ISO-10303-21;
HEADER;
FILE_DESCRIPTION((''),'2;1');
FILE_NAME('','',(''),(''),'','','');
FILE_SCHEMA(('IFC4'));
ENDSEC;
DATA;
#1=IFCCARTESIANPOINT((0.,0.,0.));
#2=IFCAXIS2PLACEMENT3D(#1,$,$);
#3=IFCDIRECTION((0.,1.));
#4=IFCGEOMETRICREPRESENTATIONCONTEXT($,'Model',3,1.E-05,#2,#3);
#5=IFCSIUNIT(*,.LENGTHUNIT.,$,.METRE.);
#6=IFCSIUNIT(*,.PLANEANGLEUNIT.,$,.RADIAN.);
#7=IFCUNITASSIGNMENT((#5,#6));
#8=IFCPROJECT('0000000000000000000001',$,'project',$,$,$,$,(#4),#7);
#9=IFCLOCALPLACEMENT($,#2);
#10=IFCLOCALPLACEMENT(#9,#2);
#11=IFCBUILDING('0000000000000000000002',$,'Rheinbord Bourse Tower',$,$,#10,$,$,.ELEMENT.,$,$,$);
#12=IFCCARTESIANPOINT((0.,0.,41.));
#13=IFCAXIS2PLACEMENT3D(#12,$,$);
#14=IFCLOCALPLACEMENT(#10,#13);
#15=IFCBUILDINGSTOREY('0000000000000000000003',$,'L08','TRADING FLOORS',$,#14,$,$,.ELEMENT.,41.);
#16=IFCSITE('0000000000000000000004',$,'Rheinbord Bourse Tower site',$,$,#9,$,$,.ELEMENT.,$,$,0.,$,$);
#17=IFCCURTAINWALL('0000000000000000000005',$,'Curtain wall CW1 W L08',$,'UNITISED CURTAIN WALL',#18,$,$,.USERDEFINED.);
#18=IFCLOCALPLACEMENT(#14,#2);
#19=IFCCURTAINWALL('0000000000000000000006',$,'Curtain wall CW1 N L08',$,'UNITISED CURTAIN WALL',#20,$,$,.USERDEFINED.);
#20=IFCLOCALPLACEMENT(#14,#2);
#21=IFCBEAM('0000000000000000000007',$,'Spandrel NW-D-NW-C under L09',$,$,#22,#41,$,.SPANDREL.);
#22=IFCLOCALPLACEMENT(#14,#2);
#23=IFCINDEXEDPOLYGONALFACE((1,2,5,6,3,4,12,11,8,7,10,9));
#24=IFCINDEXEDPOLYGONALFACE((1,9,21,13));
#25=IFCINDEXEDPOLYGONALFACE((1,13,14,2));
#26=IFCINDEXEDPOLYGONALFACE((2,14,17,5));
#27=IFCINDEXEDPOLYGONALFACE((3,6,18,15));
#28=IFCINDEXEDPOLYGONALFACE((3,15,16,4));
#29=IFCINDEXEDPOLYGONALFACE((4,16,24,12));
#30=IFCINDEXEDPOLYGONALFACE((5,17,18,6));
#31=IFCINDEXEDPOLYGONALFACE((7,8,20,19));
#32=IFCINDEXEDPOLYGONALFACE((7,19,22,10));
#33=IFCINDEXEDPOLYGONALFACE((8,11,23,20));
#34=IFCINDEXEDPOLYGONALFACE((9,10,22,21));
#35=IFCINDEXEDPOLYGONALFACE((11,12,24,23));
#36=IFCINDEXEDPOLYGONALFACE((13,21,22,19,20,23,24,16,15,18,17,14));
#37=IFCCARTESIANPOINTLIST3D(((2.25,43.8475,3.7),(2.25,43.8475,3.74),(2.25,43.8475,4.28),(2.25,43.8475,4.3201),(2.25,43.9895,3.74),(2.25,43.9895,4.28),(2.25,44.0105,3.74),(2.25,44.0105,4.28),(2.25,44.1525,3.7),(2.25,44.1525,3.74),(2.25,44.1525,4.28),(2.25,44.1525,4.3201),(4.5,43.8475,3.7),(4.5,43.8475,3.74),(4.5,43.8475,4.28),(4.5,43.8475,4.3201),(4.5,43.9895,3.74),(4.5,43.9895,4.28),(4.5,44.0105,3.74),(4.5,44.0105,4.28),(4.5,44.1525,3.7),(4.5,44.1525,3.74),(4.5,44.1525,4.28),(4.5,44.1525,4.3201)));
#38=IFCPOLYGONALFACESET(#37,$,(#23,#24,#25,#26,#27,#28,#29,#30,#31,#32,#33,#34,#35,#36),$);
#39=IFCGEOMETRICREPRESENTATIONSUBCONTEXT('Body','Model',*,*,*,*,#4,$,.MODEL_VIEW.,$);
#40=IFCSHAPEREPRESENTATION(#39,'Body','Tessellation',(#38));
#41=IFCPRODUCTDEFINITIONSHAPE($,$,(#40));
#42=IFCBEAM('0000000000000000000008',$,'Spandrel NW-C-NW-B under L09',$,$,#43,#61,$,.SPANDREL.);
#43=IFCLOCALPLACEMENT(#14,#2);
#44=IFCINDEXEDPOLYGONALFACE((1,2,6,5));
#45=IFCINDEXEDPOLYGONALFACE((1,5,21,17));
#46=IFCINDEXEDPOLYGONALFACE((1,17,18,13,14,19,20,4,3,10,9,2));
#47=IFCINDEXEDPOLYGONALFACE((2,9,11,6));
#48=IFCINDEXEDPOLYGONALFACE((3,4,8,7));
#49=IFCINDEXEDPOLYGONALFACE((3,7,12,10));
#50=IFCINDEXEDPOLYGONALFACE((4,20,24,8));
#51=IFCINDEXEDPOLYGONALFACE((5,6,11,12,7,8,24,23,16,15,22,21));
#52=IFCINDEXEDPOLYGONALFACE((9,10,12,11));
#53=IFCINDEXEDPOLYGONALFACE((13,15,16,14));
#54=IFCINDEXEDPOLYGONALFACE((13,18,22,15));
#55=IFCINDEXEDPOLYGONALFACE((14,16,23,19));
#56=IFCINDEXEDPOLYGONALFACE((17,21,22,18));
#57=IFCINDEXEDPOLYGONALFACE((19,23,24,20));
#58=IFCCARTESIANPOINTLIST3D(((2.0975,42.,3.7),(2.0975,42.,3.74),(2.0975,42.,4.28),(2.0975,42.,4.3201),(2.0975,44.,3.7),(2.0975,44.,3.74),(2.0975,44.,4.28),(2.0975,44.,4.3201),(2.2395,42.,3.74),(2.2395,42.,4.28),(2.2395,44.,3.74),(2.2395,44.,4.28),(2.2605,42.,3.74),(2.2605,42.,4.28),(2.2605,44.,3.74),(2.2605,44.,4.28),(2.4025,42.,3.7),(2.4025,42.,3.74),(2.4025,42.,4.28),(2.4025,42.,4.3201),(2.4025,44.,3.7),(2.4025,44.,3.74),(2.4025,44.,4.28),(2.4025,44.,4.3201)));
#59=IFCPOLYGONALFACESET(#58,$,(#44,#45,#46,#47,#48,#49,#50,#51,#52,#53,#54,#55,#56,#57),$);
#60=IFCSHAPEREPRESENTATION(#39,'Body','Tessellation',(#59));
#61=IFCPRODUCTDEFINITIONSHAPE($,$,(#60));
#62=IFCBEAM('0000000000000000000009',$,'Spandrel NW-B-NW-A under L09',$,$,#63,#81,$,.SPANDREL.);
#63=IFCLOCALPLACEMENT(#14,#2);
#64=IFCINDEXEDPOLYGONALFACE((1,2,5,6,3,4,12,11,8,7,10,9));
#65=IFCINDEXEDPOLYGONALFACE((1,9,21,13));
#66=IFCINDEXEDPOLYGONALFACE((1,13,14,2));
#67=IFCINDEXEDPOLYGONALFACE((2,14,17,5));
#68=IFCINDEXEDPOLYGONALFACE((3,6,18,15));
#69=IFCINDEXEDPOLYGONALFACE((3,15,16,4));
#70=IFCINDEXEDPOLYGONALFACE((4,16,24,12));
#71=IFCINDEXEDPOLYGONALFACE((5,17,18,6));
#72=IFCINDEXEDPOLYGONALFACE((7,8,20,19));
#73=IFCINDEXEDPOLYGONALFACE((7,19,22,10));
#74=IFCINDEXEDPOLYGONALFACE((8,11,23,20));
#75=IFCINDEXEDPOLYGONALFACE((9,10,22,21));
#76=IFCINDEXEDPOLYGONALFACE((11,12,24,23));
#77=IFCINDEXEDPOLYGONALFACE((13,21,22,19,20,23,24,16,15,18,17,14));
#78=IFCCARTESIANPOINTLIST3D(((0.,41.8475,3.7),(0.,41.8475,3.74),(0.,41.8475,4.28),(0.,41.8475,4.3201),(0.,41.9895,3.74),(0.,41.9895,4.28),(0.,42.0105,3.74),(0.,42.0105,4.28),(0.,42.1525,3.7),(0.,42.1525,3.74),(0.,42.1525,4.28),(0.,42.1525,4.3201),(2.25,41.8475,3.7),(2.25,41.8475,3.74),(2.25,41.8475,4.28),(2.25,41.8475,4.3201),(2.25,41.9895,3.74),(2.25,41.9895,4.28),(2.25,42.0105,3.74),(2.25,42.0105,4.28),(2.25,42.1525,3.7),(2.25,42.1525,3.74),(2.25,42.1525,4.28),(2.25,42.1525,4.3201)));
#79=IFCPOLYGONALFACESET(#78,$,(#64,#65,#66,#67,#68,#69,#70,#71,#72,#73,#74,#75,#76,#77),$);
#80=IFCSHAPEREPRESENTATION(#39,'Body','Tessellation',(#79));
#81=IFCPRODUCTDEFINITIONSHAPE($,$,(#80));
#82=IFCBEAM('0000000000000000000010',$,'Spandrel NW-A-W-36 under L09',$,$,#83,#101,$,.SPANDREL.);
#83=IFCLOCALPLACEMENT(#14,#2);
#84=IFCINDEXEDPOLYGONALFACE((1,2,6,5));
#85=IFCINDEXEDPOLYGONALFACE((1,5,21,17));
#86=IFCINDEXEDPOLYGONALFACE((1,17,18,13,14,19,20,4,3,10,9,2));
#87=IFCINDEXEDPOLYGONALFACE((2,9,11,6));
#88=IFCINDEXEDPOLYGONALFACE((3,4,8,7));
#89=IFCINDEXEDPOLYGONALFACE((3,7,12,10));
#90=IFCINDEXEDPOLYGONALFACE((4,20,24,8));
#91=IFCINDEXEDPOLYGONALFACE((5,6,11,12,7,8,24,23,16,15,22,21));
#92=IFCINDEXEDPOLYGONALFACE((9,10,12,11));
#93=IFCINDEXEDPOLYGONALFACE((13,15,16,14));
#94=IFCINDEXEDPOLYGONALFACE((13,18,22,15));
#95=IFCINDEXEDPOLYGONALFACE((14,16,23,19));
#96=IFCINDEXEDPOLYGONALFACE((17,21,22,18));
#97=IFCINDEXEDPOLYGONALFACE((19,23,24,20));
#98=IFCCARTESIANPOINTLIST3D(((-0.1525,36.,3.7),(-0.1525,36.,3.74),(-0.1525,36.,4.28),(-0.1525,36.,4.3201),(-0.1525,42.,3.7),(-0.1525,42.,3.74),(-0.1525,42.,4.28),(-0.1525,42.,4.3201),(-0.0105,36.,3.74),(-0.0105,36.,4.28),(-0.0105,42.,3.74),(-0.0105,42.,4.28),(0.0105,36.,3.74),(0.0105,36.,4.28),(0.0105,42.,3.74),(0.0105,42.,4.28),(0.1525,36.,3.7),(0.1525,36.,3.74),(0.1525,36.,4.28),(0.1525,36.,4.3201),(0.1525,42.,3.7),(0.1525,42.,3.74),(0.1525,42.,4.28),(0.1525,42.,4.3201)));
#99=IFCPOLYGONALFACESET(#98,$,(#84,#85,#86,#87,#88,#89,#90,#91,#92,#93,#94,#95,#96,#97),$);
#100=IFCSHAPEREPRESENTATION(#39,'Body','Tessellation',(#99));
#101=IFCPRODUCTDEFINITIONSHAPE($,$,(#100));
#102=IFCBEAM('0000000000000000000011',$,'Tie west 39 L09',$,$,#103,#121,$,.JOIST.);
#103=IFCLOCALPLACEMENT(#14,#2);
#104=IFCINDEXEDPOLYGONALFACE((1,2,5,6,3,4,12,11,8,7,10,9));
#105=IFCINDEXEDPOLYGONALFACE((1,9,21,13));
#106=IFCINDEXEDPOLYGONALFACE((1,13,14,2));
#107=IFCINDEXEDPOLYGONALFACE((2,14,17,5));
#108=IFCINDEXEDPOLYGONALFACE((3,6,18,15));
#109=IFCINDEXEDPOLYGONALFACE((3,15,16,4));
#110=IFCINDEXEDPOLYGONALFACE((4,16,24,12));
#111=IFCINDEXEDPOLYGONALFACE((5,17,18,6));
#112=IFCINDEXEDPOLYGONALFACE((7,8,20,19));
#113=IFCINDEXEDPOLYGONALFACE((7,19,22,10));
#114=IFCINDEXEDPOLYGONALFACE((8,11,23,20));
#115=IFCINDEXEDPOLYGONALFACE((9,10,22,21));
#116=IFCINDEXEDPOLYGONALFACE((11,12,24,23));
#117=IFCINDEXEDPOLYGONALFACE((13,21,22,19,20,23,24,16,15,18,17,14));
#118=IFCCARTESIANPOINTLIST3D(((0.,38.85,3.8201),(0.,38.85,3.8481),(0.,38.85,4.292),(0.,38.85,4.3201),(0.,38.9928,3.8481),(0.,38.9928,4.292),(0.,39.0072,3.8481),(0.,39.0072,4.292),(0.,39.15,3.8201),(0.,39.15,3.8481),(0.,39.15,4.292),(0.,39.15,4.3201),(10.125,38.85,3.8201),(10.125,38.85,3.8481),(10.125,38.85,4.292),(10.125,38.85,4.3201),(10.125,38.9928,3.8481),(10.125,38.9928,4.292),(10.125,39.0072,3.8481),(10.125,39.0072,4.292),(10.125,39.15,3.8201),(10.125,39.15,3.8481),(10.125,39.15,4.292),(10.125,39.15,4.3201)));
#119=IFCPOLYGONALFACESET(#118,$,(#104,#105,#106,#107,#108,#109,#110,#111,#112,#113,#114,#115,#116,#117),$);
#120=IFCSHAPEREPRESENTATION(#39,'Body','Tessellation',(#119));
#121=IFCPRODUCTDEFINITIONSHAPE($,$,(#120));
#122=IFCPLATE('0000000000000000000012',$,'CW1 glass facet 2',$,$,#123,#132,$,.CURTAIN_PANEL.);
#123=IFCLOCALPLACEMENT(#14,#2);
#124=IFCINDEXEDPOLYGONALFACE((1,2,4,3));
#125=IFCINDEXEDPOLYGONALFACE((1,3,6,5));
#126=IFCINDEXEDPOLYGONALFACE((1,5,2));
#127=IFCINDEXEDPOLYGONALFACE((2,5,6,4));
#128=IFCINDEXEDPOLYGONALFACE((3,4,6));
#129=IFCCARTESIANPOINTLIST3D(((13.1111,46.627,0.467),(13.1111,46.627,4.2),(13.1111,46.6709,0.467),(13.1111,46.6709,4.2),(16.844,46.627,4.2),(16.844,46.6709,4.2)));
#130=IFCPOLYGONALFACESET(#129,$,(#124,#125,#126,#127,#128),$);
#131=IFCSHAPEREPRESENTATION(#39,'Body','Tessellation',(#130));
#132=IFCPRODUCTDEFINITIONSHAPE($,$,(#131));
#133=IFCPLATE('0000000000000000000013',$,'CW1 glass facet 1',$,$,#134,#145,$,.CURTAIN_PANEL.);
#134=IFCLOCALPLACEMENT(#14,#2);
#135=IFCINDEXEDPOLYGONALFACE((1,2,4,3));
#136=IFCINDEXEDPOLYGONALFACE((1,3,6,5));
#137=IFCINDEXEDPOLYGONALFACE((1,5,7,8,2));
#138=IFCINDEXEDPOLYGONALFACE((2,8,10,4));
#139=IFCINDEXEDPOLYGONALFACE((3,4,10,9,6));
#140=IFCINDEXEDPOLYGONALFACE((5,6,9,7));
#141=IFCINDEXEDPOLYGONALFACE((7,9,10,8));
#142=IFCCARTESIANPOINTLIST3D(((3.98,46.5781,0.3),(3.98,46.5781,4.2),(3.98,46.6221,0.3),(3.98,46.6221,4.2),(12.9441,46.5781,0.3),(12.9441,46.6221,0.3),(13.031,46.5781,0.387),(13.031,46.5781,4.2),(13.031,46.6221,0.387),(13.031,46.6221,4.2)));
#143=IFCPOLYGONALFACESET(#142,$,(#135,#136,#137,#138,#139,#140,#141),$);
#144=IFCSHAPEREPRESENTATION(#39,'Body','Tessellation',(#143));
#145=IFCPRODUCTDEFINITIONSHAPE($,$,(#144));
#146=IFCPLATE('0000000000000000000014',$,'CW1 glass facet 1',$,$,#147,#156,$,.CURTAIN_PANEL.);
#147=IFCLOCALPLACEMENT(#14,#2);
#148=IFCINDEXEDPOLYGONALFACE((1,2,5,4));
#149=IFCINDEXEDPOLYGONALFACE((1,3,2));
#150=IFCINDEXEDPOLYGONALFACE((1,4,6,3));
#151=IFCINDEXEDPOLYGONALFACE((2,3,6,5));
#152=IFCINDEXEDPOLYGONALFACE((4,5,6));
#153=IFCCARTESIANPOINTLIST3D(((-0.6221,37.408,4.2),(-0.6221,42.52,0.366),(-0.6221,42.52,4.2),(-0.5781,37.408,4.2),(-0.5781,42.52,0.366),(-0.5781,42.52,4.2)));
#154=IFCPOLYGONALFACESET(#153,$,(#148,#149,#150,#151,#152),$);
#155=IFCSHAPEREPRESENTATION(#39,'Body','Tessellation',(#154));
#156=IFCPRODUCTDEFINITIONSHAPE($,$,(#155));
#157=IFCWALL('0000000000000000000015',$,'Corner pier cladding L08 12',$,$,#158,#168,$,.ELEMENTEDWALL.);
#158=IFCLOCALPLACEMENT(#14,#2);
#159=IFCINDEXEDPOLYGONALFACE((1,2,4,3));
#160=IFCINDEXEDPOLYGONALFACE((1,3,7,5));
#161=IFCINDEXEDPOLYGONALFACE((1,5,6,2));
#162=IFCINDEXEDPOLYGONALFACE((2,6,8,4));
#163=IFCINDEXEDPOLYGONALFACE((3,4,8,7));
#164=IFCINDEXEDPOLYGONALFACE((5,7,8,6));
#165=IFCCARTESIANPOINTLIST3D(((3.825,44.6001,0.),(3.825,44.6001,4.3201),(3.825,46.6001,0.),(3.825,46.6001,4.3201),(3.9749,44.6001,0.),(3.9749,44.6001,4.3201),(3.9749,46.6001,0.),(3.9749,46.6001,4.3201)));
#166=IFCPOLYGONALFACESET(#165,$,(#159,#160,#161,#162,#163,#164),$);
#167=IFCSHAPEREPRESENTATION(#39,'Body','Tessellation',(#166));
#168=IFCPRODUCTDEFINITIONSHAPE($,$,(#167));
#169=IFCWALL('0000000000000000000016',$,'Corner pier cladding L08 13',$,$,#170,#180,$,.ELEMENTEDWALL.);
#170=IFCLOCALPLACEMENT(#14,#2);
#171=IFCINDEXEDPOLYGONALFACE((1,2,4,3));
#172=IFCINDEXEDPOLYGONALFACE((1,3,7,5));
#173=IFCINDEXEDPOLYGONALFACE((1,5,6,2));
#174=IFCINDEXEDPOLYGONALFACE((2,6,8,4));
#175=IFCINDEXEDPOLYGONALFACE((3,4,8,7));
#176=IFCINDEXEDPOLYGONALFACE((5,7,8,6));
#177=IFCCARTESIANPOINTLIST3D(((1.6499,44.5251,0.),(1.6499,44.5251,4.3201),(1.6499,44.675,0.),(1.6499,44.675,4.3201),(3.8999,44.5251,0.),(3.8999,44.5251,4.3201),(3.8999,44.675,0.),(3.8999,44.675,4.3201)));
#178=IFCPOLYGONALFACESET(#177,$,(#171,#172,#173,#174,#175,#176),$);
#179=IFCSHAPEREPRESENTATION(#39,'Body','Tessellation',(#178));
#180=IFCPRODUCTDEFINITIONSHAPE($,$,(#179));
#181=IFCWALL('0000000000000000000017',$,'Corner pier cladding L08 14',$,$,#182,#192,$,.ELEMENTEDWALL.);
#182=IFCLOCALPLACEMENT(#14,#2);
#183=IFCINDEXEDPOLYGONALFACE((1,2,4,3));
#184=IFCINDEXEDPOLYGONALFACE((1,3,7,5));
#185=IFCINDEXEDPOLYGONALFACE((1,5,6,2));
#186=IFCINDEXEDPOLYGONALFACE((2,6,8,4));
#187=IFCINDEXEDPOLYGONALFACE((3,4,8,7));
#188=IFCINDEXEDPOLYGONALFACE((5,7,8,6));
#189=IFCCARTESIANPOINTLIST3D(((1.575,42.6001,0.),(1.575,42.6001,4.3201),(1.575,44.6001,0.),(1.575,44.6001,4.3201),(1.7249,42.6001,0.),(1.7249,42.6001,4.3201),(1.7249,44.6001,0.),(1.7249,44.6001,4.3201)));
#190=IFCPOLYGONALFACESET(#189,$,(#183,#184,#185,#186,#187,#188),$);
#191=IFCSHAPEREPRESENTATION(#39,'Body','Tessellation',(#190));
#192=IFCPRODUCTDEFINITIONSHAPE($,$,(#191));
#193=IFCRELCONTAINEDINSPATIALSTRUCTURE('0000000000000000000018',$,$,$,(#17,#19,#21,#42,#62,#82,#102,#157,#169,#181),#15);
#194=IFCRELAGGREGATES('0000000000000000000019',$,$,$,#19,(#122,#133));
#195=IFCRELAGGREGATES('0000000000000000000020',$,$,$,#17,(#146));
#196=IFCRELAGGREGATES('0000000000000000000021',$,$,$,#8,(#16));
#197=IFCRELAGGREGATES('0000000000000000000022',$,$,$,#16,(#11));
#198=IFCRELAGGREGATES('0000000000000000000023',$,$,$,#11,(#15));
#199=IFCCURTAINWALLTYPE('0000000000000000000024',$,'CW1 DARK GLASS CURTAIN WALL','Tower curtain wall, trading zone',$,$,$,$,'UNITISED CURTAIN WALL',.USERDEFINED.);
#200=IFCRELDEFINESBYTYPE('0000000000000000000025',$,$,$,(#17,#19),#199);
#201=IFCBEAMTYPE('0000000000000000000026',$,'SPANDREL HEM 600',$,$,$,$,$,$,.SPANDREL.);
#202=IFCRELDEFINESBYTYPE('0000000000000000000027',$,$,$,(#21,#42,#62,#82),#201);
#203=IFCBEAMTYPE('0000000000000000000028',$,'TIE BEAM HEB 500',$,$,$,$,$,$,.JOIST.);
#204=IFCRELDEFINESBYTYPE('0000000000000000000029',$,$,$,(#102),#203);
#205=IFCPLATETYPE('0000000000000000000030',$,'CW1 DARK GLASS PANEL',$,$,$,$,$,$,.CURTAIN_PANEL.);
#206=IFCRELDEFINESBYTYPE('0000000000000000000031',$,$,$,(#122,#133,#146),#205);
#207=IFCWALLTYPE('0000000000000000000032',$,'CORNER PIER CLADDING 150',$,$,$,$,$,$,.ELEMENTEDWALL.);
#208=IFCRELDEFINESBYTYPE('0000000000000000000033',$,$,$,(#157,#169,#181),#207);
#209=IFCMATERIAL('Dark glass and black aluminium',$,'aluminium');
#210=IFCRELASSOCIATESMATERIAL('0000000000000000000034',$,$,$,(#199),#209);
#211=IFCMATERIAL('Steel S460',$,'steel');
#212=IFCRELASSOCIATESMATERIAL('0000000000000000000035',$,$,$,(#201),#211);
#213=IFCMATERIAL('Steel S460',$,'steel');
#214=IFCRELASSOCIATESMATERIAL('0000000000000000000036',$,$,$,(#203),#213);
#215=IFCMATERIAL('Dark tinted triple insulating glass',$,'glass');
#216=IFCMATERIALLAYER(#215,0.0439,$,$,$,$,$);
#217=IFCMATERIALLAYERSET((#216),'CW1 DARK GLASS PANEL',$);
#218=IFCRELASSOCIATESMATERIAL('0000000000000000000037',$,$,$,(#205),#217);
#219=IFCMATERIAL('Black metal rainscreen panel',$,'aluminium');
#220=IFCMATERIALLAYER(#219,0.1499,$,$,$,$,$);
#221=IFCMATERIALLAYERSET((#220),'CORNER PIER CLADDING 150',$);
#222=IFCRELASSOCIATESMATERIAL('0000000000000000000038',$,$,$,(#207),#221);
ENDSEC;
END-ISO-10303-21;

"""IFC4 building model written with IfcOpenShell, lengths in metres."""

from ifc_helpers import new_model, si_unit, direction, frame, frame_2d, origin, origin_2d, place, context, subcontext, project, spatial, polyline, rectangle, i_section, outline, extrude, material, layer, layer_set, material_profile, profile_set, type_object, element, aggregate, save


model = new_model("IFC4")

# Units and contexts
model_context = context("Model", 3, precision=1e-05, world=origin(), true_north=direction((0.0, 1.0)))
body_context = subcontext(model_context, "Body", "Model", "MODEL_VIEW")
ifc_project = project(units=[si_unit("LENGTHUNIT", "METRE"), si_unit("PLANEANGLEUNIT", "RADIAN")], contexts=[model_context])

# Site, building, storey
site_placement = place(None, origin())
site = spatial("IfcSite", under=ifc_project, at=site_placement, Name="Rheinbord Bourse Tower site", CompositionType="ELEMENT", RefElevation=0.0)
building_placement = place(site_placement, origin())
building = spatial("IfcBuilding", under=site, at=building_placement, Name="Rheinbord Bourse Tower", CompositionType="ELEMENT")
storey_placement = place(building_placement, frame((0.0, 0.0, 41.0)))
storey = spatial("IfcBuildingStorey", under=building, at=storey_placement, Name="L08", Description="TRADING FLOORS", CompositionType="ELEMENT", Elevation=41.0)

# Curtain wall
ifc_material_1 = material(Name="Dark glass and black aluminium", Category="aluminium")
curtain_wall_type = type_object("IfcCurtainWallType", Name="CW1 DARK GLASS CURTAIN WALL", Description="Tower curtain wall, trading zone", ElementType="UNITISED CURTAIN WALL", PredefinedType="USERDEFINED", material=ifc_material_1)
curtain_wall_1_placement = place(storey_placement, origin())
curtain_wall_1 = element("IfcCurtainWall", 1, at=curtain_wall_1_placement, inside=storey, type_object=curtain_wall_type, Name="Curtain wall CW1 W L08", ObjectType="UNITISED CURTAIN WALL", PredefinedType="USERDEFINED")

# Curtain wall
curtain_wall_2_placement = place(storey_placement, origin())
curtain_wall_2 = element("IfcCurtainWall", 2, at=curtain_wall_2_placement, inside=storey, type_object=curtain_wall_type, Name="Curtain wall CW1 N L08", ObjectType="UNITISED CURTAIN WALL", PredefinedType="USERDEFINED")

# Beams
ifc_material_2 = material(Name="Steel S460", Category="steel")
ifc_material_profile_1 = material_profile(ifc_material_2, i_section(OverallWidth=0.3049, OverallDepth=0.6201, WebThickness=0.021, FlangeThickness=0.04, at=origin_2d()), Name="HEM 600")
ifc_profile_set_1 = profile_set([ifc_material_profile_1], Name="Steel S460")
beam_type_1 = type_object("IfcBeamType", Name="SPANDREL HEM 600", PredefinedType="SPANDREL", material=ifc_profile_set_1)
beam_1_placement = place(storey_placement, frame((4.5, 44.0, 4.01), z_axis=(-1.0, 0.0, 0.0), x_axis=(0.0, -1.0, 0.0)))
element("IfcBeam", 3, at=beam_1_placement, inside=storey, type_object=beam_type_1, Name="Spandrel NW-D-NW-C under L09", PredefinedType="SPANDREL", context=body_context, shape_type="SweptSolid", body=[
    extrude(i_section(OverallWidth=0.3049, OverallDepth=0.6201, WebThickness=0.021, FlangeThickness=0.04, at=origin_2d()), origin(), (0.0, 0.0, 1.0), 2.25),
])
beam_2_placement = place(storey_placement, frame((2.25, 44.0, 4.01), z_axis=(0.0, -1.0, 0.0), x_axis=(1.0, 0.0, 0.0)))
element("IfcBeam", 4, at=beam_2_placement, inside=storey, type_object=beam_type_1, Name="Spandrel NW-C-NW-B under L09", PredefinedType="SPANDREL", context=body_context, shape_type="SweptSolid", body=[
    extrude(i_section(OverallWidth=0.3049, OverallDepth=0.6201, WebThickness=0.021, FlangeThickness=0.04, at=origin_2d()), origin(), (0.0, 0.0, 1.0), 2.0),
])
beam_3_placement = place(storey_placement, frame((2.25, 42.0, 4.01), z_axis=(-1.0, 0.0, 0.0), x_axis=(0.0, -1.0, 0.0)))
element("IfcBeam", 5, at=beam_3_placement, inside=storey, type_object=beam_type_1, Name="Spandrel NW-B-NW-A under L09", PredefinedType="SPANDREL", context=body_context, shape_type="SweptSolid", body=[
    extrude(i_section(OverallWidth=0.3049, OverallDepth=0.6201, WebThickness=0.021, FlangeThickness=0.04, at=origin_2d()), origin(), (0.0, 0.0, 1.0), 2.25),
])
beam_4_placement = place(storey_placement, frame((0.0, 42.0, 4.01), z_axis=(0.0, -1.0, 0.0), x_axis=(1.0, 0.0, 0.0)))
element("IfcBeam", 6, at=beam_4_placement, inside=storey, type_object=beam_type_1, Name="Spandrel NW-A-W-36 under L09", PredefinedType="SPANDREL", context=body_context, shape_type="SweptSolid", body=[
    extrude(i_section(OverallWidth=0.3049, OverallDepth=0.6201, WebThickness=0.021, FlangeThickness=0.04, at=origin_2d()), origin(), (0.0, 0.0, 1.0), 6.0),
])
ifc_material_3 = material(Name="Steel S460", Category="steel")
ifc_material_profile_2 = material_profile(ifc_material_3, i_section(OverallWidth=0.3, OverallDepth=0.5, WebThickness=0.0144, FlangeThickness=0.0281, at=origin_2d()), Name="HEB 500")
ifc_profile_set_2 = profile_set([ifc_material_profile_2], Name="Steel S460")
beam_type_2 = type_object("IfcBeamType", Name="TIE BEAM HEB 500", PredefinedType="JOIST", material=ifc_profile_set_2)
beam_5_placement = place(storey_placement, frame((0.0, 39.0, 4.0701), z_axis=(1.0, 0.0, 0.0), x_axis=(0.0, 1.0, 0.0)))
element("IfcBeam", 7, at=beam_5_placement, inside=storey, type_object=beam_type_2, Name="Tie west 39 L09", PredefinedType="JOIST", context=body_context, shape_type="SweptSolid", body=[
    extrude(i_section(OverallWidth=0.3, OverallDepth=0.5, WebThickness=0.0144, FlangeThickness=0.0281, at=origin_2d()), origin(), (0.0, 0.0, 1.0), 10.125),
])

# Plates
ifc_material_4 = material(Name="Dark tinted triple insulating glass", Category="glass")
ifc_layer_1 = layer(ifc_material_4, 0.0439)
ifc_layer_set_1 = layer_set([ifc_layer_1], Name="CW1 DARK GLASS PANEL")
plate_type = type_object("IfcPlateType", Name="CW1 DARK GLASS PANEL", PredefinedType="CURTAIN_PANEL", material=ifc_layer_set_1)
plate_1_placement = place(storey_placement, frame((13.1111, 46.6709, 4.2), z_axis=(0.0, -1.0, 0.0), x_axis=(0.0, 0.0, -1.0)))
plate_1 = element("IfcPlate", 8, at=plate_1_placement, type_object=plate_type, Name="CW1 glass facet 2", PredefinedType="CURTAIN_PANEL", context=body_context, shape_type="SweptSolid", body=[
    extrude(outline(polyline([(0.0, 0.0), (3.7329, 0.0), (0.0, 3.7329), (0.0, 0.0)])), origin(), (0.0, 0.0, 1.0), 0.0439),
])
plate_2_placement = place(storey_placement, frame((13.031, 46.6221, 4.2), z_axis=(0.0, -1.0, 0.0), x_axis=(-1.0, 0.0, 0.0)))
plate_2 = element("IfcPlate", 9, at=plate_2_placement, type_object=plate_type, Name="CW1 glass facet 1", PredefinedType="CURTAIN_PANEL", context=body_context, shape_type="SweptSolid", body=[
    extrude(outline(polyline([(0.0, 0.0), (9.051, 0.0), (9.051, 3.8999), (0.0869, 3.8999), (0.0, 3.813), (0.0, 0.0)])), origin(), (0.0, 0.0, 1.0), 0.0439),
])
aggregate(curtain_wall_2, [plate_1, plate_2])
plate_3_placement = place(storey_placement, frame((-0.6221, 42.52, 4.2), z_axis=(1.0, 0.0, 0.0), x_axis=(0.0, -1.0, 0.0)))
plate_3 = element("IfcPlate", 10, at=plate_3_placement, type_object=plate_type, Name="CW1 glass facet 1", PredefinedType="CURTAIN_PANEL", context=body_context, shape_type="SweptSolid", body=[
    extrude(outline(polyline([(0.0, 0.0), (5.1121, 0.0), (0.0, 3.834), (0.0, 0.0)])), origin(), (0.0, 0.0, 1.0), 0.0439),
])
aggregate(curtain_wall_1, [plate_3])

# Walls
ifc_material_5 = material(Name="Black metal rainscreen panel", Category="aluminium")
ifc_layer_2 = layer(ifc_material_5, 0.1499)
ifc_layer_set_2 = layer_set([ifc_layer_2], Name="CORNER PIER CLADDING 150")
wall_type = type_object("IfcWallType", Name="CORNER PIER CLADDING 150", PredefinedType="ELEMENTEDWALL", material=ifc_layer_set_2)
wall_1_placement = place(storey_placement, frame((3.8999, 46.6001, 0.0), z_axis=(0.0, 0.0, 1.0), x_axis=(0.0, -1.0, 0.0)))
element("IfcWall", 11, at=wall_1_placement, inside=storey, type_object=wall_type, Name="Corner pier cladding L08 12", PredefinedType="ELEMENTEDWALL", context=body_context, shape_type="SweptSolid", body=[
    extrude(rectangle(XDim=2.0, YDim=0.1499, at=frame_2d((1.0, 0.0))), origin(), (0.0, 0.0, 1.0), 4.3201),
])
wall_2_placement = place(storey_placement, frame((3.8999, 44.6001, 0.0), z_axis=(0.0, 0.0, 1.0), x_axis=(-1.0, 0.0, 0.0)))
element("IfcWall", 12, at=wall_2_placement, inside=storey, type_object=wall_type, Name="Corner pier cladding L08 13", PredefinedType="ELEMENTEDWALL", context=body_context, shape_type="SweptSolid", body=[
    extrude(rectangle(XDim=2.25, YDim=0.1499, at=frame_2d((1.125, 0.0))), origin(), (0.0, 0.0, 1.0), 4.3201),
])
wall_3_placement = place(storey_placement, frame((1.6499, 44.6001, 0.0), z_axis=(0.0, 0.0, 1.0), x_axis=(0.0, -1.0, 0.0)))
element("IfcWall", 13, at=wall_3_placement, inside=storey, type_object=wall_type, Name="Corner pier cladding L08 14", PredefinedType="ELEMENTEDWALL", context=body_context, shape_type="SweptSolid", body=[
    extrude(rectangle(XDim=2.0, YDim=0.1499, at=frame_2d((1.0, 0.0))), origin(), (0.0, 0.0, 1.0), 4.3201),
])

save(model, "model.ifc")
